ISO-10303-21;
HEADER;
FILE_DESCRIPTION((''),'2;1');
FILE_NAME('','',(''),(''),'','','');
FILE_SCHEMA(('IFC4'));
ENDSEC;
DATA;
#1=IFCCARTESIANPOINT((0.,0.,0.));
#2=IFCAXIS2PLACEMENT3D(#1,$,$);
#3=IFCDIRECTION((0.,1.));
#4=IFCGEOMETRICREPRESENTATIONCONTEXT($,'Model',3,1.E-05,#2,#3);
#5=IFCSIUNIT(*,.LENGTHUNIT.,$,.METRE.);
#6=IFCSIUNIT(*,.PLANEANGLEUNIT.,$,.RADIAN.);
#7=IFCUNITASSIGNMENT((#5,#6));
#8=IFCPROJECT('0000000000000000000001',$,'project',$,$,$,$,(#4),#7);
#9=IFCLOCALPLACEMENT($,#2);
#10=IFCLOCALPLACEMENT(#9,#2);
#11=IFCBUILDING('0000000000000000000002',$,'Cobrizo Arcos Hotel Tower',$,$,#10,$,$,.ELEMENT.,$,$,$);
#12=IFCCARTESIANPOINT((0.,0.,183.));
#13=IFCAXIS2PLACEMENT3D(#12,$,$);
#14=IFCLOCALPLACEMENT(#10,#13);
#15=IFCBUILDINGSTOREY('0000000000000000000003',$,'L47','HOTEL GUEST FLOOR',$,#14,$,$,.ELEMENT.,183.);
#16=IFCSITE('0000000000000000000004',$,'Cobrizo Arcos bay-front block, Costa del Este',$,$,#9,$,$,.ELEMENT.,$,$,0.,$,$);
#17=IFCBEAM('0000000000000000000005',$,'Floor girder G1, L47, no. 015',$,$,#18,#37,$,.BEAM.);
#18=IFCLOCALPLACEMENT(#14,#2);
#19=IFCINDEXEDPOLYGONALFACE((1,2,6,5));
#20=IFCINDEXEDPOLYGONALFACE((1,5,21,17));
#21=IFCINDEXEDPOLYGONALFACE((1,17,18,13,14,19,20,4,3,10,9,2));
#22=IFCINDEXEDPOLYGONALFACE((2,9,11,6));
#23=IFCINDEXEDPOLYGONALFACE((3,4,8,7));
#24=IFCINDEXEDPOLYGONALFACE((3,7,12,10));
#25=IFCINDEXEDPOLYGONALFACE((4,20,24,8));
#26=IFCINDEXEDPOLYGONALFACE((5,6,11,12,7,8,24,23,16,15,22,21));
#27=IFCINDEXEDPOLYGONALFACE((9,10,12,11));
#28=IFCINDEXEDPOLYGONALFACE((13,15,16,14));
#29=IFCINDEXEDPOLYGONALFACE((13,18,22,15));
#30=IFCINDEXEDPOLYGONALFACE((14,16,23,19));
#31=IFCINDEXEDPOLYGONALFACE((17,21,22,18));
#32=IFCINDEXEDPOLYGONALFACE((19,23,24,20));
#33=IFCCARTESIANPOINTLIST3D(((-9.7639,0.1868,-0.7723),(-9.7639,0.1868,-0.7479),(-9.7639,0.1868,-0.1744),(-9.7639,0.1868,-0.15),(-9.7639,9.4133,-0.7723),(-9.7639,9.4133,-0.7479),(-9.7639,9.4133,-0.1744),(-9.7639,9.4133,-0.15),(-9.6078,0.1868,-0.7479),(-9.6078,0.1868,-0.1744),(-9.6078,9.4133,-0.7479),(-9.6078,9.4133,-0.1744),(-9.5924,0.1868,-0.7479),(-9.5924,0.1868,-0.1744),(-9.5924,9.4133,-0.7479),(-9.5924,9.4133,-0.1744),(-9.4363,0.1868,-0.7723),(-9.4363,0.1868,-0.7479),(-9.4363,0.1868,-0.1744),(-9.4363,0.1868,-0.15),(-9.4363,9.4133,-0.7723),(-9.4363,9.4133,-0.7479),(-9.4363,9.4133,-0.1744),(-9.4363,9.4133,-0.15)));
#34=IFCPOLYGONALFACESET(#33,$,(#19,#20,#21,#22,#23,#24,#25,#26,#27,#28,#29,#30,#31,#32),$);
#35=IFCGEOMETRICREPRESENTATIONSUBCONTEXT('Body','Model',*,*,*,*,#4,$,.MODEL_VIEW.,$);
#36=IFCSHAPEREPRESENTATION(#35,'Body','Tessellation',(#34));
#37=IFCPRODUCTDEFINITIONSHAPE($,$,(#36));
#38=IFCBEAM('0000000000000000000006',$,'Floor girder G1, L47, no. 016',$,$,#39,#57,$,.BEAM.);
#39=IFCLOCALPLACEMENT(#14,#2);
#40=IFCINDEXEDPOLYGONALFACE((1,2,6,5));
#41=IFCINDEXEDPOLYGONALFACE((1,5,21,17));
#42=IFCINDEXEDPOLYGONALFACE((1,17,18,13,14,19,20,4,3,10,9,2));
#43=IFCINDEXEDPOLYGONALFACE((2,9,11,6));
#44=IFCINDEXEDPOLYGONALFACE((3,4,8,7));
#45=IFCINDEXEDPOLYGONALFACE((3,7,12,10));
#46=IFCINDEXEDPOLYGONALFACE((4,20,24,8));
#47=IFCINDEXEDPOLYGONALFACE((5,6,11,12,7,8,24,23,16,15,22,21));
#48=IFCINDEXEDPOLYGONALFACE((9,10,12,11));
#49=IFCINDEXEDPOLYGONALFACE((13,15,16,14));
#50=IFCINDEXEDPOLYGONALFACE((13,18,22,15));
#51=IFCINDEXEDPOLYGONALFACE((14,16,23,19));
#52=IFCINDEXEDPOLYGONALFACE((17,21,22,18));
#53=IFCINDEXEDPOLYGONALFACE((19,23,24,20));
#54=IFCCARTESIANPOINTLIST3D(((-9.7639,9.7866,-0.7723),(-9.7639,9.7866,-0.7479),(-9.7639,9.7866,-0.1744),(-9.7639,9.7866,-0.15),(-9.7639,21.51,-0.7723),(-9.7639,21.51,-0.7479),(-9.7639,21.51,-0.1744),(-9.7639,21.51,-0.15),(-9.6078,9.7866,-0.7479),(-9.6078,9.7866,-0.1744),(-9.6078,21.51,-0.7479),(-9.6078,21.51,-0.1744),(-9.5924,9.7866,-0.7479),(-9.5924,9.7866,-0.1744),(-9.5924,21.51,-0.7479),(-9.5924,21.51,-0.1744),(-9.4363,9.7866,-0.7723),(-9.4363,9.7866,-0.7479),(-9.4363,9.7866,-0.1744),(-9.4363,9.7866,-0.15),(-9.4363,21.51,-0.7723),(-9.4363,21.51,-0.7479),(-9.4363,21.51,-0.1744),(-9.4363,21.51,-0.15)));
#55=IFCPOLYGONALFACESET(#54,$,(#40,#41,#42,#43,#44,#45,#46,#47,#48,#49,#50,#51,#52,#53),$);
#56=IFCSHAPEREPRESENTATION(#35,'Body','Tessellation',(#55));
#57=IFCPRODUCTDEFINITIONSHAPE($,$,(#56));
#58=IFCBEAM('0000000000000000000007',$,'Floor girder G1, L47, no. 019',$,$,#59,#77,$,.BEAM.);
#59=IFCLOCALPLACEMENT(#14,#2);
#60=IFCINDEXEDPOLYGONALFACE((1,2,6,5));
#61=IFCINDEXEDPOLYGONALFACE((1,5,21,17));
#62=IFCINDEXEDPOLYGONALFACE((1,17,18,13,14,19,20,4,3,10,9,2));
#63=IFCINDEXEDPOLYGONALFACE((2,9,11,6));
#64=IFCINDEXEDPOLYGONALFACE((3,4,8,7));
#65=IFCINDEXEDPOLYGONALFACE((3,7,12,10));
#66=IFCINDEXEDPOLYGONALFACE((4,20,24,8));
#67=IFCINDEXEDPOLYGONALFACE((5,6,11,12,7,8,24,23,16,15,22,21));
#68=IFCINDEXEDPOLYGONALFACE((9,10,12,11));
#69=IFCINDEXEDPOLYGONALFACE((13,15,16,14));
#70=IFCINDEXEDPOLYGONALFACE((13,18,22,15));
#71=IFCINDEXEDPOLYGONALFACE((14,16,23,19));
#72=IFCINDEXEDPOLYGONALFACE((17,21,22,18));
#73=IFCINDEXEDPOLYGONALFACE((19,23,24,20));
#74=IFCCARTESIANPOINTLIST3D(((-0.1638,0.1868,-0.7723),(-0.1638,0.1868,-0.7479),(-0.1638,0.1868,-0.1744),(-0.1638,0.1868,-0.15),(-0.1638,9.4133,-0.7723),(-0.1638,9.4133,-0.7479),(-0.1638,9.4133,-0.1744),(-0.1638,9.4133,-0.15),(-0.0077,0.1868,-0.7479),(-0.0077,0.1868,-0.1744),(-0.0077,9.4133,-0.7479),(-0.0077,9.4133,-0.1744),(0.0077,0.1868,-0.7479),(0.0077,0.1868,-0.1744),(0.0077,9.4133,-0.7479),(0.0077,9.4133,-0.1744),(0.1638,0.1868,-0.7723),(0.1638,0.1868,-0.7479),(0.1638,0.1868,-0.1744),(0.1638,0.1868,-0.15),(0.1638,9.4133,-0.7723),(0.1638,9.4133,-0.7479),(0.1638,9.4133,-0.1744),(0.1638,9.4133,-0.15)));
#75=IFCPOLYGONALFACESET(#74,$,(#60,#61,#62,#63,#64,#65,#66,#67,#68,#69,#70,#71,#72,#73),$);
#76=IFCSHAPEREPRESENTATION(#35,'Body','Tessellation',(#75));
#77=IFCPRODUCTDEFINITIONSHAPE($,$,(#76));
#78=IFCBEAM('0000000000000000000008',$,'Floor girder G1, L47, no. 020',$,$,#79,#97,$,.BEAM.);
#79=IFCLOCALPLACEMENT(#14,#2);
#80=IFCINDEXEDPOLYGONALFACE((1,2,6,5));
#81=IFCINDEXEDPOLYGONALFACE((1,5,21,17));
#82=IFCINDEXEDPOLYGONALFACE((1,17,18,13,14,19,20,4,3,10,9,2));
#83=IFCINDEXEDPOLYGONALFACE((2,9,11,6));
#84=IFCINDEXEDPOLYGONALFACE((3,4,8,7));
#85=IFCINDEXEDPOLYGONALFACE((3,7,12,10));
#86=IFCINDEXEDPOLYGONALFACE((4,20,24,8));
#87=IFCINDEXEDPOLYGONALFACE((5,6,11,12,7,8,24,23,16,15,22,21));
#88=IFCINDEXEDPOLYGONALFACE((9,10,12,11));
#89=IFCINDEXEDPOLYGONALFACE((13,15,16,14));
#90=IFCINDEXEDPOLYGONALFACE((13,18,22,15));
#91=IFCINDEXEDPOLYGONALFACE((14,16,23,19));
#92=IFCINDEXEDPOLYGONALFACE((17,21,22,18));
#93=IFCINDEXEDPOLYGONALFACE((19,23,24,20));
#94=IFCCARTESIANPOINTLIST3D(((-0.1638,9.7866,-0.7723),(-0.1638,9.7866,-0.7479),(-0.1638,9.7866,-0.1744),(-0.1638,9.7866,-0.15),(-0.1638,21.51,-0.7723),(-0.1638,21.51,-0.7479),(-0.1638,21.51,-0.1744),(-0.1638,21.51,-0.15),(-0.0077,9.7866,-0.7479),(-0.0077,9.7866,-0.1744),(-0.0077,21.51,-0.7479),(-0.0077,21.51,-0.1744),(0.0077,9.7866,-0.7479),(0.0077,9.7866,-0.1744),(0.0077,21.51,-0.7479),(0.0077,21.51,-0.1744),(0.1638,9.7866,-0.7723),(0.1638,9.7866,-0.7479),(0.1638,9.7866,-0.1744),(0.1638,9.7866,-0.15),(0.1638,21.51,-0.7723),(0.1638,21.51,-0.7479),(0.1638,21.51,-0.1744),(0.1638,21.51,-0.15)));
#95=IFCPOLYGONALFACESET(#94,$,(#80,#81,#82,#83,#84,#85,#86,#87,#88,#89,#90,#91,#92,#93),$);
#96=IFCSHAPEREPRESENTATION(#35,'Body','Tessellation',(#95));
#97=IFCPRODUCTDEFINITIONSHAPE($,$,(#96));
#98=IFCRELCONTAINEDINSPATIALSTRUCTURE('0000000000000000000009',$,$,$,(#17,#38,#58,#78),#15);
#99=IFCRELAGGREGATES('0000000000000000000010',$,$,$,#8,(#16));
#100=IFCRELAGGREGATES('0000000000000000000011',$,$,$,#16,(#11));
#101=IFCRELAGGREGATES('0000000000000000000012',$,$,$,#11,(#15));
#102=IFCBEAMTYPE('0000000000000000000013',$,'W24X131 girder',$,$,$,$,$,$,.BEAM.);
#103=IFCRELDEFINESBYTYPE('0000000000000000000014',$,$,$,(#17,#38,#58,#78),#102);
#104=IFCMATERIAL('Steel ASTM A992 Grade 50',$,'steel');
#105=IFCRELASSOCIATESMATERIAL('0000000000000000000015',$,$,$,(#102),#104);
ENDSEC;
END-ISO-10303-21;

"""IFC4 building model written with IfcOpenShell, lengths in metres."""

from ifc_helpers import new_model, si_unit, direction, frame, origin, origin_2d, place, context, subcontext, project, spatial, i_section, extrude, material, material_profile, profile_set, type_object, element, save


model = new_model("IFC4")

# Units and contexts
model_context = context("Model", 3, precision=1e-05, world=origin(), true_north=direction((0.0, 1.0)))
body_context = subcontext(model_context, "Body", "Model", "MODEL_VIEW")
ifc_project = project(units=[si_unit("LENGTHUNIT", "METRE"), si_unit("PLANEANGLEUNIT", "RADIAN")], contexts=[model_context])

# Site, building, storey
site_placement = place(None, origin())
site = spatial("IfcSite", under=ifc_project, at=site_placement, Name="Cobrizo Arcos bay-front block, Costa del Este", CompositionType="ELEMENT", RefElevation=0.0)
building_placement = place(site_placement, origin())
building = spatial("IfcBuilding", under=site, at=building_placement, Name="Cobrizo Arcos Hotel Tower", CompositionType="ELEMENT")
storey_placement = place(building_placement, frame((0.0, 0.0, 183.0)))
storey = spatial("IfcBuildingStorey", under=building, at=storey_placement, Name="L47", Description="HOTEL GUEST FLOOR", CompositionType="ELEMENT", Elevation=183.0)

# Shared definitions
ifc_material_1 = material(Name="Steel ASTM A992 Grade 50", Category="steel")

# Beams
ifc_material_profile_1 = material_profile(ifc_material_1, i_section(OverallWidth=0.3276, OverallDepth=0.6223, WebThickness=0.0154, FlangeThickness=0.0244, at=origin_2d()), Name="W24X131")
ifc_profile_set_1 = profile_set([ifc_material_profile_1], Name="Steel ASTM A992 Grade 50")
beam_type_1 = type_object("IfcBeamType", Name="W24X131 girder", PredefinedType="BEAM", material=ifc_profile_set_1)
for number, where, z_axis, x_axis, name in (
    (1, (-9.6001, 0.1868, -0.4612), (0.0, 1.0, 0.0), (-1.0, 0.0, 0.0), "Floor girder G1, L47, no. 015"),
):
    element("IfcBeam", number, at=place(storey_placement, frame(where, z_axis=z_axis, x_axis=x_axis)), inside=storey, type_object=beam_type_1, Name=name, PredefinedType="BEAM", context=body_context, shape_type="SweptSolid", body=[
        extrude(i_section(OverallWidth=0.3276, OverallDepth=0.6223, WebThickness=0.0154, FlangeThickness=0.0244, at=origin_2d()), origin(), (0.0, 0.0, 1.0), 9.2266),
    ])
beam_1_placement = place(storey_placement, frame((-9.6001, 9.7866, -0.4612), z_axis=(0.0, 1.0, 0.0), x_axis=(-1.0, 0.0, 0.0)))
element("IfcBeam", 2, at=beam_1_placement, inside=storey, type_object=beam_type_1, Name="Floor girder G1, L47, no. 016", PredefinedType="BEAM", context=body_context, shape_type="SweptSolid", body=[
    extrude(i_section(OverallWidth=0.3276, OverallDepth=0.6223, WebThickness=0.0154, FlangeThickness=0.0244, at=origin_2d()), origin(), (0.0, 0.0, 1.0), 11.7234),
])
beam_2_placement = place(storey_placement, frame((0.0, 0.1868, -0.4612), z_axis=(0.0, 1.0, 0.0), x_axis=(-1.0, 0.0, 0.0)))
element("IfcBeam", 3, at=beam_2_placement, inside=storey, type_object=beam_type_1, Name="Floor girder G1, L47, no. 019", PredefinedType="BEAM", context=body_context, shape_type="SweptSolid", body=[
    extrude(i_section(OverallWidth=0.3276, OverallDepth=0.6223, WebThickness=0.0154, FlangeThickness=0.0244, at=origin_2d()), origin(), (0.0, 0.0, 1.0), 9.2266),
])
beam_3_placement = place(storey_placement, frame((0.0, 9.7866, -0.4612), z_axis=(0.0, 1.0, 0.0), x_axis=(-1.0, 0.0, 0.0)))
element("IfcBeam", 4, at=beam_3_placement, inside=storey, type_object=beam_type_1, Name="Floor girder G1, L47, no. 020", PredefinedType="BEAM", context=body_context, shape_type="SweptSolid", body=[
    extrude(i_section(OverallWidth=0.3276, OverallDepth=0.6223, WebThickness=0.0154, FlangeThickness=0.0244, at=origin_2d()), origin(), (0.0, 0.0, 1.0), 11.7234),
])

save(model, "model.ifc")
